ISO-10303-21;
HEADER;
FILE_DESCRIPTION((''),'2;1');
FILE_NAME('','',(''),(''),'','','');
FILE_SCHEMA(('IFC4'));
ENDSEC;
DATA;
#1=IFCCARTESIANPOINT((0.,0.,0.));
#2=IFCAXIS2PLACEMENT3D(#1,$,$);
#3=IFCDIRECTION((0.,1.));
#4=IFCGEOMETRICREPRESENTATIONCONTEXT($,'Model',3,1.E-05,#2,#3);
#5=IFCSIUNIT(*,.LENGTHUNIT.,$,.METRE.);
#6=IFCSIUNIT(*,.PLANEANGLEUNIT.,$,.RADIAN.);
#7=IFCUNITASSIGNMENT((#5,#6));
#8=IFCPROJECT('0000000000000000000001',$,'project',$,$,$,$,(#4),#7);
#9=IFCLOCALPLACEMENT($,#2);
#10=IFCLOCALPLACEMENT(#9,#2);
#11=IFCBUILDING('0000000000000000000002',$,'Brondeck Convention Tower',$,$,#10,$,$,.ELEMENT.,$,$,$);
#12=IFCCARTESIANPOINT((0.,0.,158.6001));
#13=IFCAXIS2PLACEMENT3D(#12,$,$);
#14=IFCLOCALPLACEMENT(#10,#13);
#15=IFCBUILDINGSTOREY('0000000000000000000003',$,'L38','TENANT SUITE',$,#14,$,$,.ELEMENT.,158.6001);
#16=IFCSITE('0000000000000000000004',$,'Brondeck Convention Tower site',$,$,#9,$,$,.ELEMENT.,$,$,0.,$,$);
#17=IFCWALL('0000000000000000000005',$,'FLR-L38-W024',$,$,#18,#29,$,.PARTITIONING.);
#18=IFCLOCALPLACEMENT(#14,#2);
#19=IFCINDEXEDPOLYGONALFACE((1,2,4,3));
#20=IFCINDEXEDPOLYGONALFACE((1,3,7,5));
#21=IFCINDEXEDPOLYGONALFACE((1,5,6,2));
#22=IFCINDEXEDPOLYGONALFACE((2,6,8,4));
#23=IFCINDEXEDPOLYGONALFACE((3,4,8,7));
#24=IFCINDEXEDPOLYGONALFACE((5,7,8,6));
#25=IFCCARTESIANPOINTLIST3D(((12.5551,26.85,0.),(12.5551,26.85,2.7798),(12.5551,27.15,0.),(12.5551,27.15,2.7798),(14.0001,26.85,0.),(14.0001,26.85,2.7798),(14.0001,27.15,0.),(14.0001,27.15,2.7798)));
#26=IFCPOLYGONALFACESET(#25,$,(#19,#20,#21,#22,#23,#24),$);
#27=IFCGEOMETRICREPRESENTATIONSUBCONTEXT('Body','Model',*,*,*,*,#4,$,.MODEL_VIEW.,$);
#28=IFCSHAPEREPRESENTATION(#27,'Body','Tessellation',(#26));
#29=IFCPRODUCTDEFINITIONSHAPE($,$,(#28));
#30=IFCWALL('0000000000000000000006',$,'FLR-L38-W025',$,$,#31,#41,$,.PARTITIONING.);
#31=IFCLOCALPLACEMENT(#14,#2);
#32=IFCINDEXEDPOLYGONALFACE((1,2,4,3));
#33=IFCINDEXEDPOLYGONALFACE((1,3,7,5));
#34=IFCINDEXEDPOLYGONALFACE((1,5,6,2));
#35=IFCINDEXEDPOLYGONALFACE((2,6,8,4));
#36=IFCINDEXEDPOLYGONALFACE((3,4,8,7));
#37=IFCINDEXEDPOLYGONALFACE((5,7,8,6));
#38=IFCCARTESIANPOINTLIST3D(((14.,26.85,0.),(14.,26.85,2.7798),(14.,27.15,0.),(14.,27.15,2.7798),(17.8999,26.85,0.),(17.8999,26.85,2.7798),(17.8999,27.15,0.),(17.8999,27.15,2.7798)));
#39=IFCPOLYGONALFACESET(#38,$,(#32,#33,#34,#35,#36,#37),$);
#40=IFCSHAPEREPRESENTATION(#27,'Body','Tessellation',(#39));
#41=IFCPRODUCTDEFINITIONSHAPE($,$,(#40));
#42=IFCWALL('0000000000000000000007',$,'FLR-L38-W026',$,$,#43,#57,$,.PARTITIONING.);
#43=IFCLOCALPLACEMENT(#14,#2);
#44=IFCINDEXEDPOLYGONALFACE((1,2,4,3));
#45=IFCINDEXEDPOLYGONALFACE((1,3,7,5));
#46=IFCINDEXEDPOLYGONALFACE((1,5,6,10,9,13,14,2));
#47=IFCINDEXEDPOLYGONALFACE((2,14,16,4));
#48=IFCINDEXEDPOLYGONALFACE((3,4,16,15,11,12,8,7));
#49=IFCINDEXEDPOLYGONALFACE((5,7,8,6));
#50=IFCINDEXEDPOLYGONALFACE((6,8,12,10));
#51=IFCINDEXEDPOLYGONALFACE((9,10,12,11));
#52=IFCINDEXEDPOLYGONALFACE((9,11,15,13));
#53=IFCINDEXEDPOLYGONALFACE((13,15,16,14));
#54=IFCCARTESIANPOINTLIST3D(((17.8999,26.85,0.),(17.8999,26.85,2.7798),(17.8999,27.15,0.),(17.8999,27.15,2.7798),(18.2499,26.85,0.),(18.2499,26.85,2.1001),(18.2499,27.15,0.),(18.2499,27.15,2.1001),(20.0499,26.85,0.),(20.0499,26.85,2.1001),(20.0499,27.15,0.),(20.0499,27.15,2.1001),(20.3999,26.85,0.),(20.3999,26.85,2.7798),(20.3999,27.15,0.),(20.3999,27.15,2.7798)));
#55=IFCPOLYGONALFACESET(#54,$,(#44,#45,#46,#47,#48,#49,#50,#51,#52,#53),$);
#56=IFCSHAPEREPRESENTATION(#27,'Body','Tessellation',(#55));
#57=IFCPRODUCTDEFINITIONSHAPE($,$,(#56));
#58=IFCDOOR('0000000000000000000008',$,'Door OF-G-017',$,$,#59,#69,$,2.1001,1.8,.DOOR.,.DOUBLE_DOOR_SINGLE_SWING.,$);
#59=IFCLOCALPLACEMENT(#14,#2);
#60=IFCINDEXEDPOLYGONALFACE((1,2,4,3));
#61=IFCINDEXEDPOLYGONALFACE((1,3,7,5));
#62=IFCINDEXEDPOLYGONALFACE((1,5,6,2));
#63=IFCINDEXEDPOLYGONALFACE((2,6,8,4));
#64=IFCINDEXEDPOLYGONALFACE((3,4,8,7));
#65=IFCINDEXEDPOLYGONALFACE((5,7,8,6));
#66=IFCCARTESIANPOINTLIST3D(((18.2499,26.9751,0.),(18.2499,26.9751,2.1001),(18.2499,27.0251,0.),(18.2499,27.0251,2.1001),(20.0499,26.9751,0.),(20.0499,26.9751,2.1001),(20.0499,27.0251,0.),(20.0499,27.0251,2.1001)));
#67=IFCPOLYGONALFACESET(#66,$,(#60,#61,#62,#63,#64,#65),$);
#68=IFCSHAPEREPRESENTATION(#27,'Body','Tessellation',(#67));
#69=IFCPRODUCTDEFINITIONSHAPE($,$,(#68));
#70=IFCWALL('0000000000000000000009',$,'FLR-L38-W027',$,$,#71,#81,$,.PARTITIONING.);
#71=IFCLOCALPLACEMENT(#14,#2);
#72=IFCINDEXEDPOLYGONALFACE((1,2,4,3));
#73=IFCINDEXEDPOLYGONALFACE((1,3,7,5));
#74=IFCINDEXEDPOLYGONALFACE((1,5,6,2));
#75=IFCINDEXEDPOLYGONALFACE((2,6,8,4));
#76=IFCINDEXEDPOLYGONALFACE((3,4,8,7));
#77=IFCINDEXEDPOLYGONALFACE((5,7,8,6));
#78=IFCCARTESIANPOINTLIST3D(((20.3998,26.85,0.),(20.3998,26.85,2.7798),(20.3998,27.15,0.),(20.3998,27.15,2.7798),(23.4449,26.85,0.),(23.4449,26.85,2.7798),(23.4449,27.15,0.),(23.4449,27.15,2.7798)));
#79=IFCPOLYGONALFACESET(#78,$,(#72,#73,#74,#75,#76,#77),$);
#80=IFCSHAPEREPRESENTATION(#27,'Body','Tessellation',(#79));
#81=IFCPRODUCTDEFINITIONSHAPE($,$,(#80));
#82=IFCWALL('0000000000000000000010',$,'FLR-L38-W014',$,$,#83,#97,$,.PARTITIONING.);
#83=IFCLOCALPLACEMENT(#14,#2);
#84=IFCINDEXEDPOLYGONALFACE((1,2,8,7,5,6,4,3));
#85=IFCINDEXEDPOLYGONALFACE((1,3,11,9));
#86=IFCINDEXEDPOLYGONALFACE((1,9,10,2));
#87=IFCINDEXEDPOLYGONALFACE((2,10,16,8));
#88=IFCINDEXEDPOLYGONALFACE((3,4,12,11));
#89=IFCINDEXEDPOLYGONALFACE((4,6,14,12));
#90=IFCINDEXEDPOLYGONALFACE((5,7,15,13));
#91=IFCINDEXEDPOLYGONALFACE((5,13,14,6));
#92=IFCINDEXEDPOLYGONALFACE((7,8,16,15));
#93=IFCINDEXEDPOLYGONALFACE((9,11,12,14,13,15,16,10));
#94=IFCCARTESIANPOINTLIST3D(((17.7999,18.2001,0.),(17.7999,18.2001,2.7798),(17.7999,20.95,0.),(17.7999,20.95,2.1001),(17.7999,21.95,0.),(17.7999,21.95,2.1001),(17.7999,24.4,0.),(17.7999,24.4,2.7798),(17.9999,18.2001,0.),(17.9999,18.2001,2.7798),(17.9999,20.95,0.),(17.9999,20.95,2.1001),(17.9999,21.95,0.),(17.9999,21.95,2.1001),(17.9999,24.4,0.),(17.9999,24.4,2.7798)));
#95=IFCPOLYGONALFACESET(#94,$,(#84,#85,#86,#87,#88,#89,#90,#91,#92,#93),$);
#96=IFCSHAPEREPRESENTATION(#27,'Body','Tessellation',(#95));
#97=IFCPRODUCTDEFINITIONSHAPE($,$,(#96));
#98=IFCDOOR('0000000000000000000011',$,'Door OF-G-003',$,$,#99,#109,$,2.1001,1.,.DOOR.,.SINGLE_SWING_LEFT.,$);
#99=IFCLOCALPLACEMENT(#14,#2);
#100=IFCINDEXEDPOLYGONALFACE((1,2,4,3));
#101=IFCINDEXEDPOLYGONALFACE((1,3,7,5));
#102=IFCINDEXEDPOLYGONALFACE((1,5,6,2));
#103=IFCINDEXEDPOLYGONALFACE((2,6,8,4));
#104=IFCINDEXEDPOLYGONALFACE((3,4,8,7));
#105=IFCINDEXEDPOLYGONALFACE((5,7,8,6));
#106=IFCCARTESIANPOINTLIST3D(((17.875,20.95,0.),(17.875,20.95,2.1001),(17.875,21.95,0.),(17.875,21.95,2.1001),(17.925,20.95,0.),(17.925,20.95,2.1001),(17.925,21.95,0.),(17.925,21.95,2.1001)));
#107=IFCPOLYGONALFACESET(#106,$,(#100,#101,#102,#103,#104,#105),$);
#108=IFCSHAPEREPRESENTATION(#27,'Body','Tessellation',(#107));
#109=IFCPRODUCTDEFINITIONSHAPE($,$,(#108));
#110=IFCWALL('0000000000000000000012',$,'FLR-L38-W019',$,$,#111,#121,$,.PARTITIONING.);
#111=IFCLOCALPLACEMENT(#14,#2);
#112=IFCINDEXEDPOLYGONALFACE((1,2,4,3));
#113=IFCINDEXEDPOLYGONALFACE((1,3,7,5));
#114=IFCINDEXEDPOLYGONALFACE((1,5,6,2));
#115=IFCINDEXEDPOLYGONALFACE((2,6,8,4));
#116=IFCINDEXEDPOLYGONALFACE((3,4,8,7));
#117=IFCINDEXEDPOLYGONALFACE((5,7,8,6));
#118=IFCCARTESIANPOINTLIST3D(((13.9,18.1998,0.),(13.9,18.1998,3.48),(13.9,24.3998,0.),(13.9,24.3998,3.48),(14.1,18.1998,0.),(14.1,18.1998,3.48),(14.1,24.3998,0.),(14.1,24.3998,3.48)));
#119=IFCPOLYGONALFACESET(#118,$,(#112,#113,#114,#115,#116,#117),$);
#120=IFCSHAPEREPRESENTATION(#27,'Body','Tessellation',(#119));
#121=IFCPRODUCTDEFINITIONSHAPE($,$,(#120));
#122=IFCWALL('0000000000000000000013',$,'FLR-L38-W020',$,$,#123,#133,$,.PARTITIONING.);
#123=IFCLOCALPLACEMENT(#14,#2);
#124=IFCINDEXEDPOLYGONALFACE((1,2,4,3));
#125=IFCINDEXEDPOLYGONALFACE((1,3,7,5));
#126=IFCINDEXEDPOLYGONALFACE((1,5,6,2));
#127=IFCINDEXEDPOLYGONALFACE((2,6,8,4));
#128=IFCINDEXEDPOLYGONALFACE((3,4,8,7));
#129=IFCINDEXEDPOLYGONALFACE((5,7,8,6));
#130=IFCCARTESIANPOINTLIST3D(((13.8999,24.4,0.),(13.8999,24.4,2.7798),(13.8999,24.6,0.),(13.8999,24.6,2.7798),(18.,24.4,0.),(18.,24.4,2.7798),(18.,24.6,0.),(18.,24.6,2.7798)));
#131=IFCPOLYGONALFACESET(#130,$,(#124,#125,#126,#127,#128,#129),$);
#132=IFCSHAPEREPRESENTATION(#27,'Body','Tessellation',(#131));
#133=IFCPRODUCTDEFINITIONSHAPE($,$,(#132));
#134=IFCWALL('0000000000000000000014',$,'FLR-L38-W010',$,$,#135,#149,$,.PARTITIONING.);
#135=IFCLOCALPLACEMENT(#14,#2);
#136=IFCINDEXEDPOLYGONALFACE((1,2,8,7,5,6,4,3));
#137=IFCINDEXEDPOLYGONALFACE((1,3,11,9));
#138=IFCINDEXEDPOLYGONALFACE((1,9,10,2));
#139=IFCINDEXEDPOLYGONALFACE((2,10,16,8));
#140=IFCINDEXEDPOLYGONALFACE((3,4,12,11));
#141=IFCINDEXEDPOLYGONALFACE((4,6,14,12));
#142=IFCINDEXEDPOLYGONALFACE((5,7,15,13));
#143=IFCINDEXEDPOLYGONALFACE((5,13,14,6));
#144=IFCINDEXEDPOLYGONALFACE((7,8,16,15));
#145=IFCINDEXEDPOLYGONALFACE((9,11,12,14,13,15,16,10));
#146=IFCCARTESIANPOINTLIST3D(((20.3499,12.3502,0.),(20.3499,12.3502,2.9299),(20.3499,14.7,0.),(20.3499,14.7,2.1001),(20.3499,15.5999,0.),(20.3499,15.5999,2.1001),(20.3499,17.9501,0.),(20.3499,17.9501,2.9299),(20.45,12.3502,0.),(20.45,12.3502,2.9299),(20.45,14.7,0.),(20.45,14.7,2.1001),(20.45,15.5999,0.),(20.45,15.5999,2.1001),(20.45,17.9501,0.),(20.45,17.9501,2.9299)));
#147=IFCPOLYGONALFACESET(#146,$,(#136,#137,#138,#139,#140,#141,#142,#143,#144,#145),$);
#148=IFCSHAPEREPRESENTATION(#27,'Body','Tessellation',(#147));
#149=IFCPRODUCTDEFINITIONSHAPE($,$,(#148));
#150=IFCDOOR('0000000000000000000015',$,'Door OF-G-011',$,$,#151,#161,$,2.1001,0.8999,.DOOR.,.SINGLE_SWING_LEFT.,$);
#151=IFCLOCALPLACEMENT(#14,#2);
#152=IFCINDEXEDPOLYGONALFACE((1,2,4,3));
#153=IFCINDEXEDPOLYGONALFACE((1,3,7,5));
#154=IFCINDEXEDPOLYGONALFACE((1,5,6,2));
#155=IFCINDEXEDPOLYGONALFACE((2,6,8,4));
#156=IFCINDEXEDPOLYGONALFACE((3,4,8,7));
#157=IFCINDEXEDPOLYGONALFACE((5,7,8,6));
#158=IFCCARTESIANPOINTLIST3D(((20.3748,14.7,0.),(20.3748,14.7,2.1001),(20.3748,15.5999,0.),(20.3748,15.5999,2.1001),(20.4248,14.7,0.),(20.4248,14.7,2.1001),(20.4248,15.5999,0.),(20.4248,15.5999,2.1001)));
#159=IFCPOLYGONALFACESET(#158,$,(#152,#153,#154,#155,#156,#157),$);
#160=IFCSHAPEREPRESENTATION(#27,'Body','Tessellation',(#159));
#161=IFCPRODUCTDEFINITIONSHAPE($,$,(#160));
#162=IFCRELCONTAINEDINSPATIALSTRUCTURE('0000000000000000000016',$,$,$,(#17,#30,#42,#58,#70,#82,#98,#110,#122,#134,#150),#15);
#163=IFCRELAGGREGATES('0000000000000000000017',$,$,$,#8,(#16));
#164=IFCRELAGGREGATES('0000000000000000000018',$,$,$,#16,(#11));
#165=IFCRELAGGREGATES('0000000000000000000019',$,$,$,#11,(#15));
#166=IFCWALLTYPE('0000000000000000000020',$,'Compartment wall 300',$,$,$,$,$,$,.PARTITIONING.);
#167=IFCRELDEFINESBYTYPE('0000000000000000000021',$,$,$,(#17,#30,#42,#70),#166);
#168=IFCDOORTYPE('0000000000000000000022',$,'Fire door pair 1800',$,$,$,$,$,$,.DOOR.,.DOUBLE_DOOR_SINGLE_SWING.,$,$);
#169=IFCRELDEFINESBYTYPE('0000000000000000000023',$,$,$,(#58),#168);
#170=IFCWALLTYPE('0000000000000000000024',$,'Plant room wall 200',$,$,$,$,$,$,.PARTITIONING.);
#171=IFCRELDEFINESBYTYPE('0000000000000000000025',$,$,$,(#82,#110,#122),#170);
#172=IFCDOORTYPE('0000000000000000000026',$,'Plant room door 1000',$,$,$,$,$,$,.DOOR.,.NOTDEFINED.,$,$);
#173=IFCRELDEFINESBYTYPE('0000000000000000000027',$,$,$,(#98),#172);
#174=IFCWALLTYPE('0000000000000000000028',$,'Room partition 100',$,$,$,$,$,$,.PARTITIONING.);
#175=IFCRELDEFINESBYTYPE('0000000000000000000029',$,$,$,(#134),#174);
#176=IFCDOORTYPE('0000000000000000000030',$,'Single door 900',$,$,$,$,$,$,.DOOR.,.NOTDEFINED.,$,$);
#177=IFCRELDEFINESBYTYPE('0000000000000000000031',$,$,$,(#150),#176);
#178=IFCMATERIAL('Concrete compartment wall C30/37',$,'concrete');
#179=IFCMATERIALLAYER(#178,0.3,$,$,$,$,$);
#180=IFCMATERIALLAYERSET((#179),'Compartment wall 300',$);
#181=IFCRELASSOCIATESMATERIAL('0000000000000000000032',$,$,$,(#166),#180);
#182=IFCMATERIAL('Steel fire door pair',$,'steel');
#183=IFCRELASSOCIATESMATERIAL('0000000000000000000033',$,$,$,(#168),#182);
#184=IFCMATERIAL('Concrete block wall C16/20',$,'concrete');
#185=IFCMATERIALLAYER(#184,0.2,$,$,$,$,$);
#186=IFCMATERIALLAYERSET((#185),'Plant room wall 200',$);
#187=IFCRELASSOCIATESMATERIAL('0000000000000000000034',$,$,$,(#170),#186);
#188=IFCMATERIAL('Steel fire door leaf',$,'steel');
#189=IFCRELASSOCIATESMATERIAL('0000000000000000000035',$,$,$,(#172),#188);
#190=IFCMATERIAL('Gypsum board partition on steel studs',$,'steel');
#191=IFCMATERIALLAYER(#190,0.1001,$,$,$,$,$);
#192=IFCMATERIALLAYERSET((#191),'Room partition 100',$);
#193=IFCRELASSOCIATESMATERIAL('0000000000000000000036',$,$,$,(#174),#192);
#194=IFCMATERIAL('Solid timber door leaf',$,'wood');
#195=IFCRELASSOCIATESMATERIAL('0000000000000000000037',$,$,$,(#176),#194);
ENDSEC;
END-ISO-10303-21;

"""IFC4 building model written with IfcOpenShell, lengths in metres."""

from ifc_helpers import new_model, si_unit, direction, frame, frame_2d, origin, place, context, subcontext, project, spatial, rectangle, extrude, material, layer, layer_set, type_object, element, fill, save


model = new_model("IFC4")

# Units and contexts
model_context = context("Model", 3, precision=1e-05, world=origin(), true_north=direction((0.0, 1.0)))
body_context = subcontext(model_context, "Body", "Model", "MODEL_VIEW")
ifc_project = project(units=[si_unit("LENGTHUNIT", "METRE"), si_unit("PLANEANGLEUNIT", "RADIAN")], contexts=[model_context])

# Site, building, storey
site_placement = place(None, origin())
site = spatial("IfcSite", under=ifc_project, at=site_placement, Name="Brondeck Convention Tower site", CompositionType="ELEMENT", RefElevation=0.0)
building_placement = place(site_placement, origin())
building = spatial("IfcBuilding", under=site, at=building_placement, Name="Brondeck Convention Tower", CompositionType="ELEMENT")
storey_placement = place(building_placement, frame((0.0, 0.0, 158.6001)))
storey = spatial("IfcBuildingStorey", under=building, at=storey_placement, Name="L38", Description="TENANT SUITE", CompositionType="ELEMENT", Elevation=158.6001)

# Walls
ifc_material_1 = material(Name="Concrete compartment wall C30/37", Category="concrete")
ifc_layer_1 = layer(ifc_material_1, 0.3)
ifc_layer_set_1 = layer_set([ifc_layer_1], Name="Compartment wall 300")
wall_type_1 = type_object("IfcWallType", Name="Compartment wall 300", PredefinedType="PARTITIONING", material=ifc_layer_set_1)
wall_1_placement = place(storey_placement, frame((12.5549, 27.0, 0.0), z_axis=(0.0, 0.0, 1.0), x_axis=(1.0, 0.0, 0.0)))
element("IfcWall", 1, at=wall_1_placement, inside=storey, type_object=wall_type_1, Name="FLR-L38-W024", PredefinedType="PARTITIONING", context=body_context, shape_type="SweptSolid", body=[
    extrude(rectangle(XDim=1.4451, YDim=0.3, at=frame_2d((0.7227, 0.0))), origin(), (0.0, 0.0, 1.0), 2.7798),
])
wall_2_placement = place(storey_placement, frame((14.0, 27.0, 0.0), z_axis=(0.0, 0.0, 1.0), x_axis=(1.0, 0.0, 0.0)))
element("IfcWall", 2, at=wall_2_placement, inside=storey, type_object=wall_type_1, Name="FLR-L38-W025", PredefinedType="PARTITIONING", context=body_context, shape_type="SweptSolid", body=[
    extrude(rectangle(XDim=3.8999, YDim=0.3, at=frame_2d((1.95, 0.0))), origin(), (0.0, 0.0, 1.0), 2.7798),
])

# Wall, opening, door
wall_3_placement = place(storey_placement, frame((20.3999, 27.0, 0.0), z_axis=(0.0, 0.0, 1.0), x_axis=(-1.0, 0.0, 0.0)))
wall_3 = element("IfcWall", 3, at=wall_3_placement, inside=storey, type_object=wall_type_1, Name="FLR-L38-W026", PredefinedType="PARTITIONING", context=body_context, shape_type="SweptSolid", body=[
    extrude(rectangle(XDim=2.5, YDim=0.3, at=frame_2d((1.25, 0.0))), origin(), (0.0, 0.0, 1.0), 2.7798),
])
opening_1_placement = place(wall_3_placement, frame((0.3501, 0.0, 0.0)))
opening_1 = element("IfcOpeningElement", 4, at=opening_1_placement, cuts=wall_3, PredefinedType="OPENING", context=body_context, shape_type="SweptSolid", body=[
    extrude(rectangle(XDim=1.8, YDim=2.1001, at=frame_2d((0.8999, 1.05))), frame((0.0, 0.1599, 0.0), z_axis=(0.0, -1.0, 0.0), x_axis=(1.0, 0.0, 0.0)), (0.0, 0.0, 1.0), 0.3201),
])
ifc_material_2 = material(Name="Steel fire door pair", Category="steel")
door_type_1 = type_object("IfcDoorType", Name="Fire door pair 1800", OperationType="DOUBLE_DOOR_SINGLE_SWING", PredefinedType="DOOR", material=ifc_material_2)
door_1_placement = place(opening_1_placement, origin())
door_1 = element("IfcDoor", 5, at=door_1_placement, inside=storey, type_object=door_type_1, Name="Door OF-G-017", OperationType="DOUBLE_DOOR_SINGLE_SWING", OverallHeight=2.1001, OverallWidth=1.8, PredefinedType="DOOR", context=body_context, shape_type="SweptSolid", body=[
    extrude(rectangle(XDim=1.8, YDim=2.1001, at=frame_2d((0.8999, 1.05))), frame((0.0, 0.0249, 0.0), z_axis=(0.0, -1.0, 0.0), x_axis=(1.0, 0.0, 0.0)), (0.0, 0.0, 1.0), 0.05),
])
fill(opening_1, door_1)

# Wall
wall_4_placement = place(storey_placement, frame((20.3999, 27.0, 0.0), z_axis=(0.0, 0.0, 1.0), x_axis=(1.0, 0.0, 0.0)))
element("IfcWall", 6, at=wall_4_placement, inside=storey, type_object=wall_type_1, Name="FLR-L38-W027", PredefinedType="PARTITIONING", context=body_context, shape_type="SweptSolid", body=[
    extrude(rectangle(XDim=3.0452, YDim=0.3, at=frame_2d((1.5225, 0.0))), origin(), (0.0, 0.0, 1.0), 2.7798),
])

# Wall, opening, door
ifc_material_3 = material(Name="Concrete block wall C16/20", Category="concrete")
ifc_layer_2 = layer(ifc_material_3, 0.2)
ifc_layer_set_2 = layer_set([ifc_layer_2], Name="Plant room wall 200")
wall_type_2 = type_object("IfcWallType", Name="Plant room wall 200", PredefinedType="PARTITIONING", material=ifc_layer_set_2)
wall_5_placement = place(storey_placement, frame((17.8999, 18.2, 0.0), z_axis=(0.0, 0.0, 1.0), x_axis=(0.0, 1.0, 0.0)))
wall_5 = element("IfcWall", 7, at=wall_5_placement, inside=storey, type_object=wall_type_2, Name="FLR-L38-W014", PredefinedType="PARTITIONING", context=body_context, shape_type="SweptSolid", body=[
    extrude(rectangle(XDim=6.2, YDim=0.2, at=frame_2d((3.1001, 0.0))), origin(), (0.0, 0.0, 1.0), 2.7798),
])
opening_2_placement = place(wall_5_placement, frame((2.75, 0.0, 0.0)))
opening_2 = element("IfcOpeningElement", 8, at=opening_2_placement, cuts=wall_5, PredefinedType="OPENING", context=body_context, shape_type="SweptSolid", body=[
    extrude(rectangle(XDim=1.0, YDim=2.1001, at=frame_2d((0.5, 1.05))), frame((0.0, 0.1099, 0.0), z_axis=(0.0, -1.0, 0.0), x_axis=(1.0, 0.0, 0.0)), (0.0, 0.0, 1.0), 0.22),
])
ifc_material_4 = material(Name="Steel fire door leaf", Category="steel")
door_type_2 = type_object("IfcDoorType", Name="Plant room door 1000", OperationType="NOTDEFINED", PredefinedType="DOOR", material=ifc_material_4)
door_2_placement = place(opening_2_placement, origin())
door_2 = element("IfcDoor", 9, at=door_2_placement, inside=storey, type_object=door_type_2, Name="Door OF-G-003", OperationType="SINGLE_SWING_LEFT", OverallHeight=2.1001, OverallWidth=1.0, PredefinedType="DOOR", context=body_context, shape_type="SweptSolid", body=[
    extrude(rectangle(XDim=1.0, YDim=2.1001, at=frame_2d((0.5, 1.05))), frame((0.0, 0.0249, 0.0), z_axis=(0.0, -1.0, 0.0), x_axis=(1.0, 0.0, 0.0)), (0.0, 0.0, 1.0), 0.05),
])
fill(opening_2, door_2)

# Walls
wall_6_placement = place(storey_placement, frame((14.0, 24.3999, 0.0), z_axis=(0.0, 0.0, 1.0), x_axis=(0.0, -1.0, 0.0)))
element("IfcWall", 10, at=wall_6_placement, inside=storey, type_object=wall_type_2, Name="FLR-L38-W019", PredefinedType="PARTITIONING", context=body_context, shape_type="SweptSolid", body=[
    extrude(rectangle(XDim=6.2, YDim=0.2, at=frame_2d((3.1001, 0.0))), origin(), (0.0, 0.0, 1.0), 3.48),
])
wall_7_placement = place(storey_placement, frame((18.0, 24.5, 0.0), z_axis=(0.0, 0.0, 1.0), x_axis=(-1.0, 0.0, 0.0)))
element("IfcWall", 11, at=wall_7_placement, inside=storey, type_object=wall_type_2, Name="FLR-L38-W020", PredefinedType="PARTITIONING", context=body_context, shape_type="SweptSolid", body=[
    extrude(rectangle(XDim=4.1001, YDim=0.2, at=frame_2d((2.05, 0.0))), origin(), (0.0, 0.0, 1.0), 2.7798),
])

# Wall, opening, door
ifc_material_5 = material(Name="Gypsum board partition on steel studs", Category="steel")
ifc_layer_3 = layer(ifc_material_5, 0.1001)
ifc_layer_set_3 = layer_set([ifc_layer_3], Name="Room partition 100")
wall_type_3 = type_object("IfcWallType", Name="Room partition 100", PredefinedType="PARTITIONING", material=ifc_layer_set_3)
wall_8_placement = place(storey_placement, frame((20.3999, 17.95, 0.0), z_axis=(0.0, 0.0, 1.0), x_axis=(0.0, -1.0, 0.0)))
wall_8 = element("IfcWall", 12, at=wall_8_placement, inside=storey, type_object=wall_type_3, Name="FLR-L38-W010", PredefinedType="PARTITIONING", context=body_context, shape_type="SweptSolid", body=[
    extrude(rectangle(XDim=5.5999, YDim=0.1001, at=frame_2d((2.7998, 0.0))), origin(), (0.0, 0.0, 1.0), 2.9299),
])
opening_3_placement = place(wall_8_placement, frame((2.3501, 0.0, 0.0)))
opening_3 = element("IfcOpeningElement", 13, at=opening_3_placement, cuts=wall_8, PredefinedType="OPENING", context=body_context, shape_type="SweptSolid", body=[
    extrude(rectangle(XDim=0.8999, YDim=2.1001, at=frame_2d((0.45, 1.05))), frame((0.0, 0.0601, 0.0), z_axis=(0.0, -1.0, 0.0), x_axis=(1.0, 0.0, 0.0)), (0.0, 0.0, 1.0), 0.1201),
])
ifc_material_6 = material(Name="Solid timber door leaf", Category="wood")
door_type_3 = type_object("IfcDoorType", Name="Single door 900", OperationType="NOTDEFINED", PredefinedType="DOOR", material=ifc_material_6)
door_3_placement = place(opening_3_placement, origin())
door_3 = element("IfcDoor", 14, at=door_3_placement, inside=storey, type_object=door_type_3, Name="Door OF-G-011", OperationType="SINGLE_SWING_LEFT", OverallHeight=2.1001, OverallWidth=0.8999, PredefinedType="DOOR", context=body_context, shape_type="SweptSolid", body=[
    extrude(rectangle(XDim=0.8999, YDim=2.1001, at=frame_2d((0.45, 1.05))), frame((0.0, 0.0249, 0.0), z_axis=(0.0, -1.0, 0.0), x_axis=(1.0, 0.0, 0.0)), (0.0, 0.0, 1.0), 0.05),
])
fill(opening_3, door_3)

save(model, "model.ifc")
